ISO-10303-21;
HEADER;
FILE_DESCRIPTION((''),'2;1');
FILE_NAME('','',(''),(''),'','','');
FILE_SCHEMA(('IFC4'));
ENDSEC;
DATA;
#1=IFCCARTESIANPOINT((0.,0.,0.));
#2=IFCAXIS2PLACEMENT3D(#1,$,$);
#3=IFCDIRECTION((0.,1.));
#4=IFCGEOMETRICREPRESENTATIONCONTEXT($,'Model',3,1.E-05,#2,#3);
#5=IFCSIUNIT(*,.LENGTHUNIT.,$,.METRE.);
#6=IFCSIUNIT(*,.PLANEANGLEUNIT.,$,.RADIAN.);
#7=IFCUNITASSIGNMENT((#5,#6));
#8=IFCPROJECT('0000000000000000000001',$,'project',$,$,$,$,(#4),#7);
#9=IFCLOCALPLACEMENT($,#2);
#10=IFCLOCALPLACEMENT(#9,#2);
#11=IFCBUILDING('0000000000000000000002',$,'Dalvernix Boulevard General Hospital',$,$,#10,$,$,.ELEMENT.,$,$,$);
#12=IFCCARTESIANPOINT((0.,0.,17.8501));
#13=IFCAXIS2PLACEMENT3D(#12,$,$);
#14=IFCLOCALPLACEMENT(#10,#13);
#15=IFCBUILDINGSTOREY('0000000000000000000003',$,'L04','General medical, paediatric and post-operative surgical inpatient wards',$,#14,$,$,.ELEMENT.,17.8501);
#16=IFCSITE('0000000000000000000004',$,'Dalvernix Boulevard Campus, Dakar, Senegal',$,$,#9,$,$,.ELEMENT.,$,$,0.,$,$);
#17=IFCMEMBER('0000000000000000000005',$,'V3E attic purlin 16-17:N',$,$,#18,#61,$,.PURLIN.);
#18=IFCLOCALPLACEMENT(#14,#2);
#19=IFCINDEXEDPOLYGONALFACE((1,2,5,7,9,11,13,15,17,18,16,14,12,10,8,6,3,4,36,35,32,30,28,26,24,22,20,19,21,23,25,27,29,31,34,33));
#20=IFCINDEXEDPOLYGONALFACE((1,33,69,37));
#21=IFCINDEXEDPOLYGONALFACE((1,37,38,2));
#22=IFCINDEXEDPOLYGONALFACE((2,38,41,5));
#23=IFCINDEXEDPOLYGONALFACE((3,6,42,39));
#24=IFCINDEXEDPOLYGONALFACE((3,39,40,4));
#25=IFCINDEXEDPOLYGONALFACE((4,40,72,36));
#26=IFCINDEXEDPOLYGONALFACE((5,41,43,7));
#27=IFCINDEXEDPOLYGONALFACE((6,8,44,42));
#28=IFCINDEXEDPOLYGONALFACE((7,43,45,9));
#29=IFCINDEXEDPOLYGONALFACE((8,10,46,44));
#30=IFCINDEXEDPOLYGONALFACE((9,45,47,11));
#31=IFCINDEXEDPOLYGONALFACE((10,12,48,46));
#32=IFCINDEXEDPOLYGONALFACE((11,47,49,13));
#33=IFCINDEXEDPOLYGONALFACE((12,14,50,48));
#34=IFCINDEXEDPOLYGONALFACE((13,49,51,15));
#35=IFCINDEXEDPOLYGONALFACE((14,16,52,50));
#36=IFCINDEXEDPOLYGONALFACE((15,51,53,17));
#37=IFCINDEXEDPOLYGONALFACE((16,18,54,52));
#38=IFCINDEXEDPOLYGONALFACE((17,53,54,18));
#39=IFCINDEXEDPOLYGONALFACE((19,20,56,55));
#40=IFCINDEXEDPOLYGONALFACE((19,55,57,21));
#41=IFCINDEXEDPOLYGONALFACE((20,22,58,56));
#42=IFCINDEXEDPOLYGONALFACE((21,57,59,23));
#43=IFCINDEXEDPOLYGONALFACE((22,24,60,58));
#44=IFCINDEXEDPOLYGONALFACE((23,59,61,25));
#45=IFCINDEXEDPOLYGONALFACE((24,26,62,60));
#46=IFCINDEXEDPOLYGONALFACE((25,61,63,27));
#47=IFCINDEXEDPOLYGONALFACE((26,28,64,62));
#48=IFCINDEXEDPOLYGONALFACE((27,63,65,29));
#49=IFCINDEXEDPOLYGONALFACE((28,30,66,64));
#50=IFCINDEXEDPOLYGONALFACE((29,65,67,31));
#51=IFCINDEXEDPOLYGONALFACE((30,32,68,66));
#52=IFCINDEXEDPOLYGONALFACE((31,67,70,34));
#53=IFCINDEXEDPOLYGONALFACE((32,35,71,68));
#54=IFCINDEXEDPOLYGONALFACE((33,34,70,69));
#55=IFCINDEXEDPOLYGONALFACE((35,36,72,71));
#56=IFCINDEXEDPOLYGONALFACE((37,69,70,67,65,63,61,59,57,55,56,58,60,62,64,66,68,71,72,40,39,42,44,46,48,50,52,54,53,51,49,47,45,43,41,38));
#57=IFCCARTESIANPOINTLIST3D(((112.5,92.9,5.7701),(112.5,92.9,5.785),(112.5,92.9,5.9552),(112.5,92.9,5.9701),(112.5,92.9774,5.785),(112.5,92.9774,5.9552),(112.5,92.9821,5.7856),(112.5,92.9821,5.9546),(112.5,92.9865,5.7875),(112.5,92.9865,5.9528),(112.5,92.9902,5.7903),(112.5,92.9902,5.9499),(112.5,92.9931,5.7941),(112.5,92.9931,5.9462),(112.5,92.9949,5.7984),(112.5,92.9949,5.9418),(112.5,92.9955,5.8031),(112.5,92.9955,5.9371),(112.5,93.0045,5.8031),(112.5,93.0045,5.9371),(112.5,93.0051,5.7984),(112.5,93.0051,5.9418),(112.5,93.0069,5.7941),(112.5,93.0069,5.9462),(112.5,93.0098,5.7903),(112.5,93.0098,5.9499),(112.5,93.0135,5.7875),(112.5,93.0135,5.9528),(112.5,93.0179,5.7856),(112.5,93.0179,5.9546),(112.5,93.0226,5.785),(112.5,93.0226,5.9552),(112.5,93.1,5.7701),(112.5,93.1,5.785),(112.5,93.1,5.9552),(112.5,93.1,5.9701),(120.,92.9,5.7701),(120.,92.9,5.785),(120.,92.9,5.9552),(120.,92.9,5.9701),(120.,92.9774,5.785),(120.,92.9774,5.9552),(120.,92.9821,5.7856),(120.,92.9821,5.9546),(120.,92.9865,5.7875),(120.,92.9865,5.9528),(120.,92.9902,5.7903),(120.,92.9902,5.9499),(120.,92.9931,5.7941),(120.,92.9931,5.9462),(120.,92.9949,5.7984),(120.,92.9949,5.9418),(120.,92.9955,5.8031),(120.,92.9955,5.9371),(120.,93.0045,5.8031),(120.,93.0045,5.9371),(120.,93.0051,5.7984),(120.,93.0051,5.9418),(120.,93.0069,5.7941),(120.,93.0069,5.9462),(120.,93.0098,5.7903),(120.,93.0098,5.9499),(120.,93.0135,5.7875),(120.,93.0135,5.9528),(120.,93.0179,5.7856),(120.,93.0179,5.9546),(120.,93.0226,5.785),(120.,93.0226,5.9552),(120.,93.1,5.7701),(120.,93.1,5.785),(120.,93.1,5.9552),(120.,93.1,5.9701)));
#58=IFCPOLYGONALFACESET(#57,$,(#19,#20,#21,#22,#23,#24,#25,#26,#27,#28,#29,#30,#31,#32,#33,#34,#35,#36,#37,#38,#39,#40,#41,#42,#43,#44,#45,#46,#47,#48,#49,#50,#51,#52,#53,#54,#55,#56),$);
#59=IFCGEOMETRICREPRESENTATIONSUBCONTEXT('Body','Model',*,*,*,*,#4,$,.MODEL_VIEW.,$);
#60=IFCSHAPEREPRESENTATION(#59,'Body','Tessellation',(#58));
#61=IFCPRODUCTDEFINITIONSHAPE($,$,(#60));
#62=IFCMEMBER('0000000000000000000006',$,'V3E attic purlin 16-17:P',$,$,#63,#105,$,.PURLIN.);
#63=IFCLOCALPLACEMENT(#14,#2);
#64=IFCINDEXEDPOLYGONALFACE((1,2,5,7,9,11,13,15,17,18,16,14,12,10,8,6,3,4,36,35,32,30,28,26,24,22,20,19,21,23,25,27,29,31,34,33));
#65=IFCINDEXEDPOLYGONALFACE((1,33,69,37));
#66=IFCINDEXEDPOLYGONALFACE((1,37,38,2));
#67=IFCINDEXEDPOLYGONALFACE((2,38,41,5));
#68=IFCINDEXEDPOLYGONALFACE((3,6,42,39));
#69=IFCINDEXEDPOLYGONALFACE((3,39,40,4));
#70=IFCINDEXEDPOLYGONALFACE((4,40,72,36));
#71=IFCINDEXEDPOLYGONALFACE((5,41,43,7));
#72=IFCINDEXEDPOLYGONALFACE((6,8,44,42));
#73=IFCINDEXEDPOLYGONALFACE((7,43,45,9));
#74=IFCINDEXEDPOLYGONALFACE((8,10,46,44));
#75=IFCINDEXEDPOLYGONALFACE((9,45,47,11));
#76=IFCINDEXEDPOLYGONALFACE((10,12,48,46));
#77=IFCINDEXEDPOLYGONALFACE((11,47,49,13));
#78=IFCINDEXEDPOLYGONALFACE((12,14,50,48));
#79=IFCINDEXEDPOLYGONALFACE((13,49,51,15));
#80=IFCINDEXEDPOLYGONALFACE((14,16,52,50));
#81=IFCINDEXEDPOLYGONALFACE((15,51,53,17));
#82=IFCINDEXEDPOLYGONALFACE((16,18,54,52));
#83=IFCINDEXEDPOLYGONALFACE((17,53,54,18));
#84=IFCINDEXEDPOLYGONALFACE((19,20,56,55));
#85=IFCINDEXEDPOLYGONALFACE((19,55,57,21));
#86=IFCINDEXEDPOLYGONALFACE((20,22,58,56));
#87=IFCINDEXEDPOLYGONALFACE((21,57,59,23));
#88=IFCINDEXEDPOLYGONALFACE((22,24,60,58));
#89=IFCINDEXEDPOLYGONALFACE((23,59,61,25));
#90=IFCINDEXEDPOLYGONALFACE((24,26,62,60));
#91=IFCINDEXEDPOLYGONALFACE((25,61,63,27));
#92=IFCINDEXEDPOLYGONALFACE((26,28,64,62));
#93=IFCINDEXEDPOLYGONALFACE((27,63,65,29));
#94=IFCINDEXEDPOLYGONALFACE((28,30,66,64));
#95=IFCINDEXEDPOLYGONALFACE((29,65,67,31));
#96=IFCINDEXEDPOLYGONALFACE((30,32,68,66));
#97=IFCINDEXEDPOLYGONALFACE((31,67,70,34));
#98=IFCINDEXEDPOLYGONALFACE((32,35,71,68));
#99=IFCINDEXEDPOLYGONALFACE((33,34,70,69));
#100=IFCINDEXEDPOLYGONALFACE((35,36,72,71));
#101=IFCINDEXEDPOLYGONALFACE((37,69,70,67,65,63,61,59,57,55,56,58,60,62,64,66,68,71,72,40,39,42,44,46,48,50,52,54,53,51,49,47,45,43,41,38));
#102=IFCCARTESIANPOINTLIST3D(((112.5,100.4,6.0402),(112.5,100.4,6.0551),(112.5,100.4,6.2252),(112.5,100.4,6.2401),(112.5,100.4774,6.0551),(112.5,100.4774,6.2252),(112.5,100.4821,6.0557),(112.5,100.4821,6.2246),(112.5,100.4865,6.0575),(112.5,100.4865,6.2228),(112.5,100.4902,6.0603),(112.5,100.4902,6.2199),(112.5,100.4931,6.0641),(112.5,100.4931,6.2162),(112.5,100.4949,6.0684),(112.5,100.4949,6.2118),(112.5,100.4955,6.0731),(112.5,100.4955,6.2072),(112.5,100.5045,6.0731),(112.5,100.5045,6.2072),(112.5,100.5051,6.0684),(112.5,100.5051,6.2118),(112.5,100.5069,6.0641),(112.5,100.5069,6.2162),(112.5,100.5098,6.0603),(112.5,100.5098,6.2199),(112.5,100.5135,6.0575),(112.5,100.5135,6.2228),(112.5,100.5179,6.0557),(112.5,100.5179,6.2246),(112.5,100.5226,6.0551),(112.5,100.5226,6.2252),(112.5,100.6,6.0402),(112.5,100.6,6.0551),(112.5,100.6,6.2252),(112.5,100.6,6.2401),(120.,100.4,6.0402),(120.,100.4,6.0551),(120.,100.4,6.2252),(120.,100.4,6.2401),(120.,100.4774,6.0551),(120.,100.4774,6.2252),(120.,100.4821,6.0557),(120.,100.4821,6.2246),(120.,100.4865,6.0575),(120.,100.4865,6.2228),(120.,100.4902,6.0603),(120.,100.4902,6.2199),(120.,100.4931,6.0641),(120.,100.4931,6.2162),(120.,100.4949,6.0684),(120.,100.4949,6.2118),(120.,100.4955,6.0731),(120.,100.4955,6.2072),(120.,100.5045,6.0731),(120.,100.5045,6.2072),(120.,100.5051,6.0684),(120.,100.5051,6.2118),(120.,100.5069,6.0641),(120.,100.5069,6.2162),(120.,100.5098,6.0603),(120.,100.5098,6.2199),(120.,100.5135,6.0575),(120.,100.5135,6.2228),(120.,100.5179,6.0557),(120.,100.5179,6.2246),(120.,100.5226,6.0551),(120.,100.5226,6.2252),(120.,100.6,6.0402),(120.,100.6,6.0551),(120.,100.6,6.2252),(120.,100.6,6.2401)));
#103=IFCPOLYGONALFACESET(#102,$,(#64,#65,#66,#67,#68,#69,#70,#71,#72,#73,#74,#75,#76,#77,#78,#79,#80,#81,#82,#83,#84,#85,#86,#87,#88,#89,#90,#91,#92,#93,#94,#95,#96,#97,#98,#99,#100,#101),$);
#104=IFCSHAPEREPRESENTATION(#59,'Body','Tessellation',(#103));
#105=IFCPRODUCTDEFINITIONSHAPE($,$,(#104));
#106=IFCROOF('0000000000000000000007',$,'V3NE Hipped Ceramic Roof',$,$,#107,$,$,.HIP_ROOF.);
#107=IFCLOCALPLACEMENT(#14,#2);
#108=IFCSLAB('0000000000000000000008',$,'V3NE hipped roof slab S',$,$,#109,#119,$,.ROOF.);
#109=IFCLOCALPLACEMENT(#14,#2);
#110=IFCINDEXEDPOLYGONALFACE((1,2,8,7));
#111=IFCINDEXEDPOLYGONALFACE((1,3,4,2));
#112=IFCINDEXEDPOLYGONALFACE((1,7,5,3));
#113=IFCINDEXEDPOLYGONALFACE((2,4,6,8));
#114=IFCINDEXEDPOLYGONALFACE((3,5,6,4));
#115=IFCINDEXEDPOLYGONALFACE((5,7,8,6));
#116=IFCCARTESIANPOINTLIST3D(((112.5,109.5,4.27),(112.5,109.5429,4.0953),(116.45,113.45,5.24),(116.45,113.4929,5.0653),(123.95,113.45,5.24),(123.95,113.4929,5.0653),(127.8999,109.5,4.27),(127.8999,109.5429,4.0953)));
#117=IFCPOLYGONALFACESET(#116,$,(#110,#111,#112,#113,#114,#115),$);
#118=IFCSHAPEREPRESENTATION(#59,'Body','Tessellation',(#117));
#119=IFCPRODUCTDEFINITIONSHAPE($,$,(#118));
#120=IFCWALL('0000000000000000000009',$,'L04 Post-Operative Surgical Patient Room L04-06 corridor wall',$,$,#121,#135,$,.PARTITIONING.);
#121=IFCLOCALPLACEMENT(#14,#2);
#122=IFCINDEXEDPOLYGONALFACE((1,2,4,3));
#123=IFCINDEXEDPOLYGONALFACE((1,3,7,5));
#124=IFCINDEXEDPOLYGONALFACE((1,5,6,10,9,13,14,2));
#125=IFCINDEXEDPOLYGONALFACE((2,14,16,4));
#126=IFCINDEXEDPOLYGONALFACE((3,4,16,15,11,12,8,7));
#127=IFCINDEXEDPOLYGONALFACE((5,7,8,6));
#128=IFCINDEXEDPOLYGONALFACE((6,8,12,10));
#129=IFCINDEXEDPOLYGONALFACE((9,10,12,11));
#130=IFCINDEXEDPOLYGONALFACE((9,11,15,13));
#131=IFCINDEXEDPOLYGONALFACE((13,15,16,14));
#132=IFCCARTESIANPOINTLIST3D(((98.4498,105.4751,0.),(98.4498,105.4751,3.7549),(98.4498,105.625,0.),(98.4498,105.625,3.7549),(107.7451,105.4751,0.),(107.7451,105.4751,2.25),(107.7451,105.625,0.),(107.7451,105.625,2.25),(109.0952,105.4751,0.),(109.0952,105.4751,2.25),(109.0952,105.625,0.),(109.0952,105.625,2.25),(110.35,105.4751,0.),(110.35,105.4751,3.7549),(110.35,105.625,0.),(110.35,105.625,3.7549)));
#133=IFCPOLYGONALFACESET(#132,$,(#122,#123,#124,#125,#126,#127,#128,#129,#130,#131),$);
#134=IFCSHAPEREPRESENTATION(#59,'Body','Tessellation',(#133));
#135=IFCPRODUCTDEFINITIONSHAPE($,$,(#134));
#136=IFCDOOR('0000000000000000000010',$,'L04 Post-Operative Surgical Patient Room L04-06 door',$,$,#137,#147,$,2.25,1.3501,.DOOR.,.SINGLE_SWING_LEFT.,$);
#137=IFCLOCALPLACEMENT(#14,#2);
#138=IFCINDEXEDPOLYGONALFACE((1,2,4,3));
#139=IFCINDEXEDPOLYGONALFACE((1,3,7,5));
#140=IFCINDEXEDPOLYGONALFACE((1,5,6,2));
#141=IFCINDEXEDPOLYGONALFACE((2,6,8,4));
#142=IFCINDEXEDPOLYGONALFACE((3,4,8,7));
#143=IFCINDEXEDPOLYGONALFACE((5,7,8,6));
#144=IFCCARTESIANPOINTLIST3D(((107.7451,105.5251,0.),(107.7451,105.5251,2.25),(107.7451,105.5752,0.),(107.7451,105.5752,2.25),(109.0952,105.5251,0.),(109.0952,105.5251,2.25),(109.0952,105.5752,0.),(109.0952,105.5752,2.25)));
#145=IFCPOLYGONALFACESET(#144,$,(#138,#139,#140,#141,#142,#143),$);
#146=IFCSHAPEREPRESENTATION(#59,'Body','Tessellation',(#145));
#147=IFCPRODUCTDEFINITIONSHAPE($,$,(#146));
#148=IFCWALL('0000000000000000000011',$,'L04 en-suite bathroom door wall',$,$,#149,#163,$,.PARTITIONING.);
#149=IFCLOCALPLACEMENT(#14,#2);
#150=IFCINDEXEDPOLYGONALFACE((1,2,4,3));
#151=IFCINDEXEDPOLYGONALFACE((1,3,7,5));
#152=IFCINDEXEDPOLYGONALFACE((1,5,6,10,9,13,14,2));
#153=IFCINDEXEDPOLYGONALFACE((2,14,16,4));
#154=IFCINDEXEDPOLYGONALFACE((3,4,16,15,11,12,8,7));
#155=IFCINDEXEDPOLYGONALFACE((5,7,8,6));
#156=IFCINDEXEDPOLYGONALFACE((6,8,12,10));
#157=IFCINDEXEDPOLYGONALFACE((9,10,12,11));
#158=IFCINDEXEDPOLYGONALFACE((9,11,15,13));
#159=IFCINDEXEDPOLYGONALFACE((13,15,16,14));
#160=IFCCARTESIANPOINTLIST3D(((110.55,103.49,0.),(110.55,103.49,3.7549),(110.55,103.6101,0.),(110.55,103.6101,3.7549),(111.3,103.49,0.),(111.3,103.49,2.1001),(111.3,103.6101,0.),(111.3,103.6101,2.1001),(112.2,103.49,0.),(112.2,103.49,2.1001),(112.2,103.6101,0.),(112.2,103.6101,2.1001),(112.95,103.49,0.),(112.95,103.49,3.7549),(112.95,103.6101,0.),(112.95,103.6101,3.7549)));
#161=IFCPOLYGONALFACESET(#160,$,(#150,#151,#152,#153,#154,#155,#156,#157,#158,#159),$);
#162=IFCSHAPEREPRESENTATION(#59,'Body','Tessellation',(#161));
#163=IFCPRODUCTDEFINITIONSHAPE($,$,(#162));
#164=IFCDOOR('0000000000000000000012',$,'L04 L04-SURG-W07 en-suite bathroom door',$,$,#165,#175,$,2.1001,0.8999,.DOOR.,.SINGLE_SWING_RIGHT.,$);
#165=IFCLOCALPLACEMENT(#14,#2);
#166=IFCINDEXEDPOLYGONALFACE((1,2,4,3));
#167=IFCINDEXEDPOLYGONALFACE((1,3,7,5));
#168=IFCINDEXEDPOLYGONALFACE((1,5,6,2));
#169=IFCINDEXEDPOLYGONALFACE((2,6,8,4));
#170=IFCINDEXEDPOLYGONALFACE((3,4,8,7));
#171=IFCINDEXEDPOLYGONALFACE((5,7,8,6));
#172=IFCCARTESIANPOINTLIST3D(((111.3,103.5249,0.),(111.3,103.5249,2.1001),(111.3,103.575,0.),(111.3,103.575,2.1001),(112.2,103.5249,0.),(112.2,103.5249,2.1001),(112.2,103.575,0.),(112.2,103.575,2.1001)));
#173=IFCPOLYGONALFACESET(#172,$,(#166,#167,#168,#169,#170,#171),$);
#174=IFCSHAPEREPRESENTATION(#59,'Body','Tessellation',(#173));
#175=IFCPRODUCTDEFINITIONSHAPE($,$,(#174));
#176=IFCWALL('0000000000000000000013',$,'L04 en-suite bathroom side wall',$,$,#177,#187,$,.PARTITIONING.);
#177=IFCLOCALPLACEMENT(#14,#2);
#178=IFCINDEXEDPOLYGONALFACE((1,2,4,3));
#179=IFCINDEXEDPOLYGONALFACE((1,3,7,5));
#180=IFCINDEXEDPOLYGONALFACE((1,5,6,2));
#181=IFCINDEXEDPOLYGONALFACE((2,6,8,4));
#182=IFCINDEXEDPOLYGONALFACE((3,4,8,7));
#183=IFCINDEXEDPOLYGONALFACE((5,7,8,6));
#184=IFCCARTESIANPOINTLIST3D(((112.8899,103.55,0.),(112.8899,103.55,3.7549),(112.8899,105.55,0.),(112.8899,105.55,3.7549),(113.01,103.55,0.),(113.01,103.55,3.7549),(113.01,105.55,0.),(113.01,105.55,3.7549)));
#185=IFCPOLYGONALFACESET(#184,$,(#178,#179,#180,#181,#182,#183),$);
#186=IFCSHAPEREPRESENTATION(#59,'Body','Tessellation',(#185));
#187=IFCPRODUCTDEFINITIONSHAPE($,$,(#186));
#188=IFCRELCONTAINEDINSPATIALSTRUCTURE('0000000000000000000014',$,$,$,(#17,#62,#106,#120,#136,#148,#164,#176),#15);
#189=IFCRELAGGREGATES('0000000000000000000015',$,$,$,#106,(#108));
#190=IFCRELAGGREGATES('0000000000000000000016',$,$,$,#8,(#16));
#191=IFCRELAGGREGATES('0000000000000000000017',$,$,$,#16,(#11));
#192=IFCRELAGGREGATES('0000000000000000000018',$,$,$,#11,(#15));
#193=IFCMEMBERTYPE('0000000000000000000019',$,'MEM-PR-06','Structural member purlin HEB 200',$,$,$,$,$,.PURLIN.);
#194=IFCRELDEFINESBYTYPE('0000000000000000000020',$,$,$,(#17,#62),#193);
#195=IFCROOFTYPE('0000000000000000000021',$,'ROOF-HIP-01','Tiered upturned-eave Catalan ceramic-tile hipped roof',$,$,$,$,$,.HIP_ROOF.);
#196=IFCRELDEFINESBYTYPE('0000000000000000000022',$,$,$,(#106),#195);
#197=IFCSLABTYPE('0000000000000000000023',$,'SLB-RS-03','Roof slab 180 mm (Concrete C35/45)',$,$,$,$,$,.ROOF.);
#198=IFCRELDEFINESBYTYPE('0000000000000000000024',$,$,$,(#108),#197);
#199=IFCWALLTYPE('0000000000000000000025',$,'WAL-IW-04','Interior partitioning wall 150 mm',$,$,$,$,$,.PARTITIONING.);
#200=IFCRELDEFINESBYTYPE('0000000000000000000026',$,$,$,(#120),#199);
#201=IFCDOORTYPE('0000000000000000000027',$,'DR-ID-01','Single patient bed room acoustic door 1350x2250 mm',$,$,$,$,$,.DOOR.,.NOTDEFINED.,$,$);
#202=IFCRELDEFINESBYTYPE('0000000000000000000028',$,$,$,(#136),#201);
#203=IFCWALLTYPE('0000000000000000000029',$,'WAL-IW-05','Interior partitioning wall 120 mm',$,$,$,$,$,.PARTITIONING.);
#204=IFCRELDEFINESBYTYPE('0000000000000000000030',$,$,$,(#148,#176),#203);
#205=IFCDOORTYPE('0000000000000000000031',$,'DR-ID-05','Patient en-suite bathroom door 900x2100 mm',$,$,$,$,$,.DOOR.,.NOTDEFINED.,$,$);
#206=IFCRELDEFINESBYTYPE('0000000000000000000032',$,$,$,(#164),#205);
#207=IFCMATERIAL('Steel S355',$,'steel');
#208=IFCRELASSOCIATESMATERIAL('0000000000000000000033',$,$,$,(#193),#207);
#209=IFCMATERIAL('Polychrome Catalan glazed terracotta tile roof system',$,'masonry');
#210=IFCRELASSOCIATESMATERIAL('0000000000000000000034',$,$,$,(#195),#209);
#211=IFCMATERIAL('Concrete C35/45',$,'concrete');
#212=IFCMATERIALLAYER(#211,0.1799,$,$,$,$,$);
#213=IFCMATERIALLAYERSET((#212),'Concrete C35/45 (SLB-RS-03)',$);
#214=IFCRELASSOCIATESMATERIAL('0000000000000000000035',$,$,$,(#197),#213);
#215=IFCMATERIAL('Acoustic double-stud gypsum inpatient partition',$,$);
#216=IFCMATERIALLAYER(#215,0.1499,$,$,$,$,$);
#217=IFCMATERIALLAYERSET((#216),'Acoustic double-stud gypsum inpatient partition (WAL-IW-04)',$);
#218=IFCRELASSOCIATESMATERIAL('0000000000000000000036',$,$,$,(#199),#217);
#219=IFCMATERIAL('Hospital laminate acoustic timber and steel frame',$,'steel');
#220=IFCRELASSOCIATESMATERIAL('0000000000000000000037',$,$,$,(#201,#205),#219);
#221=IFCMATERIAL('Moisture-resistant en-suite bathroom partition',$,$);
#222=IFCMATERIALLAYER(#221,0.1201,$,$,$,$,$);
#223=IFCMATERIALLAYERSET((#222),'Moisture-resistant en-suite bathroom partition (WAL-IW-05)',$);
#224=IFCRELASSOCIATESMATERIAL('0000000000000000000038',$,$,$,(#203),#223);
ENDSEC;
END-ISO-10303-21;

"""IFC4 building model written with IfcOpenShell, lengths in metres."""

from ifc_helpers import new_model, si_unit, direction, frame, frame_2d, origin, origin_2d, place, context, subcontext, project, spatial, polyline, rectangle, i_section, outline, extrude, material, layer, layer_set, material_profile, profile_set, type_object, element, fill, aggregate, save


model = new_model("IFC4")

# Units and contexts
model_context = context("Model", 3, precision=1e-05, world=origin(), true_north=direction((0.0, 1.0)))
body_context = subcontext(model_context, "Body", "Model", "MODEL_VIEW")
ifc_project = project(units=[si_unit("LENGTHUNIT", "METRE"), si_unit("PLANEANGLEUNIT", "RADIAN")], contexts=[model_context])

# Site, building, storey
site_placement = place(None, origin())
site = spatial("IfcSite", under=ifc_project, at=site_placement, Name="Dalvernix Boulevard Campus, Dakar, Senegal", CompositionType="ELEMENT", RefElevation=0.0)
building_placement = place(site_placement, origin())
building = spatial("IfcBuilding", under=site, at=building_placement, Name="Dalvernix Boulevard General Hospital", CompositionType="ELEMENT")
storey_placement = place(building_placement, frame((0.0, 0.0, 17.8501)))
storey = spatial("IfcBuildingStorey", under=building, at=storey_placement, Name="L04", Description="General medical, paediatric and post-operative surgical inpatient wards", CompositionType="ELEMENT", Elevation=17.8501)

# Shared definitions
ifc_material_1 = material(Name="Steel S355", Category="steel")

# Shared definitions
ifc_material_2 = material(Name="Concrete C35/45", Category="concrete")

# Members
ifc_material_profile_1 = material_profile(ifc_material_1, i_section(OverallWidth=0.2, OverallDepth=0.2, WebThickness=0.009, FlangeThickness=0.0149, FilletRadius=0.0181, at=origin_2d()), Name="HEB 200")
ifc_profile_set_1 = profile_set([ifc_material_profile_1], Name="Steel S355")
member_type = type_object("IfcMemberType", Name="MEM-PR-06", Description="Structural member purlin HEB 200", PredefinedType="PURLIN", material=ifc_profile_set_1)
for number, where, z_axis, x_axis, name in (
    (1, (112.5, 93.0, 5.8701), (1.0, 0.0, 0.0), (0.0, 1.0, 0.0), "V3E attic purlin 16-17:N"),
    (2, (112.5, 100.5, 6.1401), (1.0, 0.0, 0.0), (0.0, 1.0, 0.0), "V3E attic purlin 16-17:P"),
):
    element("IfcMember", number, at=place(storey_placement, frame(where, z_axis=z_axis, x_axis=x_axis)), inside=storey, type_object=member_type, Name=name, PredefinedType="PURLIN", context=body_context, shape_type="SweptSolid", body=[
        extrude(i_section(OverallWidth=0.2, OverallDepth=0.2, WebThickness=0.009, FlangeThickness=0.0149, FilletRadius=0.0181, at=origin_2d()), origin(), (0.0, 0.0, 1.0), 7.5),
    ])

# Roof, slab
ifc_material_3 = material(Name="Polychrome Catalan glazed terracotta tile roof system", Category="masonry")
roof_type = type_object("IfcRoofType", Name="ROOF-HIP-01", Description="Tiered upturned-eave Catalan ceramic-tile hipped roof", PredefinedType="HIP_ROOF", material=ifc_material_3)
roof_placement = place(storey_placement, origin())
roof = element("IfcRoof", 3, at=roof_placement, inside=storey, type_object=roof_type, Name="V3NE Hipped Ceramic Roof", PredefinedType="HIP_ROOF")
ifc_layer_1 = layer(ifc_material_2, 0.1799)
ifc_layer_set_1 = layer_set([ifc_layer_1], Name="Concrete C35/45 (SLB-RS-03)")
slab_type = type_object("IfcSlabType", Name="SLB-RS-03", Description="Roof slab 180 mm (Concrete C35/45)", PredefinedType="ROOF", material=ifc_layer_set_1)
slab_placement = place(storey_placement, frame((112.5, 109.5, 4.27), z_axis=(0.0, -0.23848, 0.971147), x_axis=(1.0, 0.0, 0.0)))
slab = element("IfcSlab", 4, at=slab_placement, type_object=slab_type, Name="V3NE hipped roof slab S", PredefinedType="ROOF", context=body_context, shape_type="SweptSolid", body=[
    extrude(outline(polyline([(0.0, 0.0), (15.3999, 0.0), (11.45, 4.0673), (3.95, 4.0673), (0.0, 0.0)])), origin(), (0.0, 0.0, -1.0), 0.1799),
])
aggregate(roof, [slab])

# Walls, openings, doors
ifc_material_4 = material(Name="Acoustic double-stud gypsum inpatient partition")
ifc_layer_2 = layer(ifc_material_4, 0.1499)
ifc_layer_set_2 = layer_set([ifc_layer_2], Name="Acoustic double-stud gypsum inpatient partition (WAL-IW-04)")
wall_type_1 = type_object("IfcWallType", Name="WAL-IW-04", Description="Interior partitioning wall 150 mm", PredefinedType="PARTITIONING", material=ifc_layer_set_2)
wall_1_placement = place(storey_placement, frame((110.3501, 105.55, 0.0), z_axis=(0.0, 0.0, 1.0), x_axis=(-1.0, 0.0, 0.0)))
wall_1 = element("IfcWall", 5, at=wall_1_placement, inside=storey, type_object=wall_type_1, Name="L04 Post-Operative Surgical Patient Room L04-06 corridor wall", PredefinedType="PARTITIONING", context=body_context, shape_type="SweptSolid", body=[
    extrude(rectangle(XDim=11.9001, YDim=0.1499, at=frame_2d((5.9502, 0.0))), origin(), (0.0, 0.0, 1.0), 3.7549),
])
opening_1_placement = place(wall_1_placement, frame((1.2549, 0.0, 0.0)))
opening_1 = element("IfcOpeningElement", 6, at=opening_1_placement, cuts=wall_1, PredefinedType="OPENING", context=body_context, shape_type="SweptSolid", body=[
    extrude(rectangle(XDim=1.3501, YDim=2.25, at=frame_2d((0.675, 1.125))), frame((0.0, 0.085, 0.0), z_axis=(0.0, -1.0, 0.0), x_axis=(1.0, 0.0, 0.0)), (0.0, 0.0, 1.0), 0.1699),
])
ifc_material_5 = material(Name="Hospital laminate acoustic timber and steel frame", Category="steel")
door_type_1 = type_object("IfcDoorType", Name="DR-ID-01", Description="Single patient bed room acoustic door 1350x2250 mm", OperationType="NOTDEFINED", PredefinedType="DOOR", material=ifc_material_5)
door_1_placement = place(opening_1_placement, origin())
door_1 = element("IfcDoor", 7, at=door_1_placement, inside=storey, type_object=door_type_1, Name="L04 Post-Operative Surgical Patient Room L04-06 door", OperationType="SINGLE_SWING_LEFT", OverallHeight=2.25, OverallWidth=1.3501, PredefinedType="DOOR", context=body_context, shape_type="SweptSolid", body=[
    extrude(rectangle(XDim=1.3501, YDim=2.25, at=frame_2d((0.675, 1.125))), frame((0.0, 0.0249, 0.0), z_axis=(0.0, -1.0, 0.0), x_axis=(1.0, 0.0, 0.0)), (0.0, 0.0, 1.0), 0.05),
])
fill(opening_1, door_1)
ifc_material_6 = material(Name="Moisture-resistant en-suite bathroom partition")
ifc_layer_3 = layer(ifc_material_6, 0.1201)
ifc_layer_set_3 = layer_set([ifc_layer_3], Name="Moisture-resistant en-suite bathroom partition (WAL-IW-05)")
wall_type_2 = type_object("IfcWallType", Name="WAL-IW-05", Description="Interior partitioning wall 120 mm", PredefinedType="PARTITIONING", material=ifc_layer_set_3)
wall_2_placement = place(storey_placement, frame((110.55, 103.55, 0.0), z_axis=(0.0, 0.0, 1.0), x_axis=(1.0, 0.0, 0.0)))
wall_2 = element("IfcWall", 8, at=wall_2_placement, inside=storey, type_object=wall_type_2, Name="L04 en-suite bathroom door wall", PredefinedType="PARTITIONING", context=body_context, shape_type="SweptSolid", body=[
    extrude(rectangle(XDim=2.3999, YDim=0.1201, at=frame_2d((1.2, 0.0))), origin(), (0.0, 0.0, 1.0), 3.7549),
])
opening_2_placement = place(wall_2_placement, frame((0.75, 0.0, 0.0)))
opening_2 = element("IfcOpeningElement", 9, at=opening_2_placement, cuts=wall_2, PredefinedType="OPENING", context=body_context, shape_type="SweptSolid", body=[
    extrude(rectangle(XDim=0.8999, YDim=2.1001, at=frame_2d((0.45, 1.05))), frame((0.0, 0.0701, 0.0), z_axis=(0.0, -1.0, 0.0), x_axis=(1.0, 0.0, 0.0)), (0.0, 0.0, 1.0), 0.1401),
])
door_type_2 = type_object("IfcDoorType", Name="DR-ID-05", Description="Patient en-suite bathroom door 900x2100 mm", OperationType="NOTDEFINED", PredefinedType="DOOR", material=ifc_material_5)
door_2_placement = place(opening_2_placement, origin())
door_2 = element("IfcDoor", 10, at=door_2_placement, inside=storey, type_object=door_type_2, Name="L04 L04-SURG-W07 en-suite bathroom door", OperationType="SINGLE_SWING_RIGHT", OverallHeight=2.1001, OverallWidth=0.8999, PredefinedType="DOOR", context=body_context, shape_type="SweptSolid", body=[
    extrude(rectangle(XDim=0.8999, YDim=2.1001, at=frame_2d((0.45, 1.05))), frame((0.0, 0.0249, 0.0), z_axis=(0.0, -1.0, 0.0), x_axis=(1.0, 0.0, 0.0)), (0.0, 0.0, 1.0), 0.05),
])
fill(opening_2, door_2)

# Wall
wall_3_placement = place(storey_placement, frame((112.95, 103.55, 0.0), z_axis=(0.0, 0.0, 1.0), x_axis=(0.0, 1.0, 0.0)))
element("IfcWall", 11, at=wall_3_placement, inside=storey, type_object=wall_type_2, Name="L04 en-suite bathroom side wall", PredefinedType="PARTITIONING", context=body_context, shape_type="SweptSolid", body=[
    extrude(rectangle(XDim=2.0, YDim=0.1201, at=frame_2d((1.0, 0.0))), origin(), (0.0, 0.0, 1.0), 3.7549),
])

save(model, "model.ifc")
